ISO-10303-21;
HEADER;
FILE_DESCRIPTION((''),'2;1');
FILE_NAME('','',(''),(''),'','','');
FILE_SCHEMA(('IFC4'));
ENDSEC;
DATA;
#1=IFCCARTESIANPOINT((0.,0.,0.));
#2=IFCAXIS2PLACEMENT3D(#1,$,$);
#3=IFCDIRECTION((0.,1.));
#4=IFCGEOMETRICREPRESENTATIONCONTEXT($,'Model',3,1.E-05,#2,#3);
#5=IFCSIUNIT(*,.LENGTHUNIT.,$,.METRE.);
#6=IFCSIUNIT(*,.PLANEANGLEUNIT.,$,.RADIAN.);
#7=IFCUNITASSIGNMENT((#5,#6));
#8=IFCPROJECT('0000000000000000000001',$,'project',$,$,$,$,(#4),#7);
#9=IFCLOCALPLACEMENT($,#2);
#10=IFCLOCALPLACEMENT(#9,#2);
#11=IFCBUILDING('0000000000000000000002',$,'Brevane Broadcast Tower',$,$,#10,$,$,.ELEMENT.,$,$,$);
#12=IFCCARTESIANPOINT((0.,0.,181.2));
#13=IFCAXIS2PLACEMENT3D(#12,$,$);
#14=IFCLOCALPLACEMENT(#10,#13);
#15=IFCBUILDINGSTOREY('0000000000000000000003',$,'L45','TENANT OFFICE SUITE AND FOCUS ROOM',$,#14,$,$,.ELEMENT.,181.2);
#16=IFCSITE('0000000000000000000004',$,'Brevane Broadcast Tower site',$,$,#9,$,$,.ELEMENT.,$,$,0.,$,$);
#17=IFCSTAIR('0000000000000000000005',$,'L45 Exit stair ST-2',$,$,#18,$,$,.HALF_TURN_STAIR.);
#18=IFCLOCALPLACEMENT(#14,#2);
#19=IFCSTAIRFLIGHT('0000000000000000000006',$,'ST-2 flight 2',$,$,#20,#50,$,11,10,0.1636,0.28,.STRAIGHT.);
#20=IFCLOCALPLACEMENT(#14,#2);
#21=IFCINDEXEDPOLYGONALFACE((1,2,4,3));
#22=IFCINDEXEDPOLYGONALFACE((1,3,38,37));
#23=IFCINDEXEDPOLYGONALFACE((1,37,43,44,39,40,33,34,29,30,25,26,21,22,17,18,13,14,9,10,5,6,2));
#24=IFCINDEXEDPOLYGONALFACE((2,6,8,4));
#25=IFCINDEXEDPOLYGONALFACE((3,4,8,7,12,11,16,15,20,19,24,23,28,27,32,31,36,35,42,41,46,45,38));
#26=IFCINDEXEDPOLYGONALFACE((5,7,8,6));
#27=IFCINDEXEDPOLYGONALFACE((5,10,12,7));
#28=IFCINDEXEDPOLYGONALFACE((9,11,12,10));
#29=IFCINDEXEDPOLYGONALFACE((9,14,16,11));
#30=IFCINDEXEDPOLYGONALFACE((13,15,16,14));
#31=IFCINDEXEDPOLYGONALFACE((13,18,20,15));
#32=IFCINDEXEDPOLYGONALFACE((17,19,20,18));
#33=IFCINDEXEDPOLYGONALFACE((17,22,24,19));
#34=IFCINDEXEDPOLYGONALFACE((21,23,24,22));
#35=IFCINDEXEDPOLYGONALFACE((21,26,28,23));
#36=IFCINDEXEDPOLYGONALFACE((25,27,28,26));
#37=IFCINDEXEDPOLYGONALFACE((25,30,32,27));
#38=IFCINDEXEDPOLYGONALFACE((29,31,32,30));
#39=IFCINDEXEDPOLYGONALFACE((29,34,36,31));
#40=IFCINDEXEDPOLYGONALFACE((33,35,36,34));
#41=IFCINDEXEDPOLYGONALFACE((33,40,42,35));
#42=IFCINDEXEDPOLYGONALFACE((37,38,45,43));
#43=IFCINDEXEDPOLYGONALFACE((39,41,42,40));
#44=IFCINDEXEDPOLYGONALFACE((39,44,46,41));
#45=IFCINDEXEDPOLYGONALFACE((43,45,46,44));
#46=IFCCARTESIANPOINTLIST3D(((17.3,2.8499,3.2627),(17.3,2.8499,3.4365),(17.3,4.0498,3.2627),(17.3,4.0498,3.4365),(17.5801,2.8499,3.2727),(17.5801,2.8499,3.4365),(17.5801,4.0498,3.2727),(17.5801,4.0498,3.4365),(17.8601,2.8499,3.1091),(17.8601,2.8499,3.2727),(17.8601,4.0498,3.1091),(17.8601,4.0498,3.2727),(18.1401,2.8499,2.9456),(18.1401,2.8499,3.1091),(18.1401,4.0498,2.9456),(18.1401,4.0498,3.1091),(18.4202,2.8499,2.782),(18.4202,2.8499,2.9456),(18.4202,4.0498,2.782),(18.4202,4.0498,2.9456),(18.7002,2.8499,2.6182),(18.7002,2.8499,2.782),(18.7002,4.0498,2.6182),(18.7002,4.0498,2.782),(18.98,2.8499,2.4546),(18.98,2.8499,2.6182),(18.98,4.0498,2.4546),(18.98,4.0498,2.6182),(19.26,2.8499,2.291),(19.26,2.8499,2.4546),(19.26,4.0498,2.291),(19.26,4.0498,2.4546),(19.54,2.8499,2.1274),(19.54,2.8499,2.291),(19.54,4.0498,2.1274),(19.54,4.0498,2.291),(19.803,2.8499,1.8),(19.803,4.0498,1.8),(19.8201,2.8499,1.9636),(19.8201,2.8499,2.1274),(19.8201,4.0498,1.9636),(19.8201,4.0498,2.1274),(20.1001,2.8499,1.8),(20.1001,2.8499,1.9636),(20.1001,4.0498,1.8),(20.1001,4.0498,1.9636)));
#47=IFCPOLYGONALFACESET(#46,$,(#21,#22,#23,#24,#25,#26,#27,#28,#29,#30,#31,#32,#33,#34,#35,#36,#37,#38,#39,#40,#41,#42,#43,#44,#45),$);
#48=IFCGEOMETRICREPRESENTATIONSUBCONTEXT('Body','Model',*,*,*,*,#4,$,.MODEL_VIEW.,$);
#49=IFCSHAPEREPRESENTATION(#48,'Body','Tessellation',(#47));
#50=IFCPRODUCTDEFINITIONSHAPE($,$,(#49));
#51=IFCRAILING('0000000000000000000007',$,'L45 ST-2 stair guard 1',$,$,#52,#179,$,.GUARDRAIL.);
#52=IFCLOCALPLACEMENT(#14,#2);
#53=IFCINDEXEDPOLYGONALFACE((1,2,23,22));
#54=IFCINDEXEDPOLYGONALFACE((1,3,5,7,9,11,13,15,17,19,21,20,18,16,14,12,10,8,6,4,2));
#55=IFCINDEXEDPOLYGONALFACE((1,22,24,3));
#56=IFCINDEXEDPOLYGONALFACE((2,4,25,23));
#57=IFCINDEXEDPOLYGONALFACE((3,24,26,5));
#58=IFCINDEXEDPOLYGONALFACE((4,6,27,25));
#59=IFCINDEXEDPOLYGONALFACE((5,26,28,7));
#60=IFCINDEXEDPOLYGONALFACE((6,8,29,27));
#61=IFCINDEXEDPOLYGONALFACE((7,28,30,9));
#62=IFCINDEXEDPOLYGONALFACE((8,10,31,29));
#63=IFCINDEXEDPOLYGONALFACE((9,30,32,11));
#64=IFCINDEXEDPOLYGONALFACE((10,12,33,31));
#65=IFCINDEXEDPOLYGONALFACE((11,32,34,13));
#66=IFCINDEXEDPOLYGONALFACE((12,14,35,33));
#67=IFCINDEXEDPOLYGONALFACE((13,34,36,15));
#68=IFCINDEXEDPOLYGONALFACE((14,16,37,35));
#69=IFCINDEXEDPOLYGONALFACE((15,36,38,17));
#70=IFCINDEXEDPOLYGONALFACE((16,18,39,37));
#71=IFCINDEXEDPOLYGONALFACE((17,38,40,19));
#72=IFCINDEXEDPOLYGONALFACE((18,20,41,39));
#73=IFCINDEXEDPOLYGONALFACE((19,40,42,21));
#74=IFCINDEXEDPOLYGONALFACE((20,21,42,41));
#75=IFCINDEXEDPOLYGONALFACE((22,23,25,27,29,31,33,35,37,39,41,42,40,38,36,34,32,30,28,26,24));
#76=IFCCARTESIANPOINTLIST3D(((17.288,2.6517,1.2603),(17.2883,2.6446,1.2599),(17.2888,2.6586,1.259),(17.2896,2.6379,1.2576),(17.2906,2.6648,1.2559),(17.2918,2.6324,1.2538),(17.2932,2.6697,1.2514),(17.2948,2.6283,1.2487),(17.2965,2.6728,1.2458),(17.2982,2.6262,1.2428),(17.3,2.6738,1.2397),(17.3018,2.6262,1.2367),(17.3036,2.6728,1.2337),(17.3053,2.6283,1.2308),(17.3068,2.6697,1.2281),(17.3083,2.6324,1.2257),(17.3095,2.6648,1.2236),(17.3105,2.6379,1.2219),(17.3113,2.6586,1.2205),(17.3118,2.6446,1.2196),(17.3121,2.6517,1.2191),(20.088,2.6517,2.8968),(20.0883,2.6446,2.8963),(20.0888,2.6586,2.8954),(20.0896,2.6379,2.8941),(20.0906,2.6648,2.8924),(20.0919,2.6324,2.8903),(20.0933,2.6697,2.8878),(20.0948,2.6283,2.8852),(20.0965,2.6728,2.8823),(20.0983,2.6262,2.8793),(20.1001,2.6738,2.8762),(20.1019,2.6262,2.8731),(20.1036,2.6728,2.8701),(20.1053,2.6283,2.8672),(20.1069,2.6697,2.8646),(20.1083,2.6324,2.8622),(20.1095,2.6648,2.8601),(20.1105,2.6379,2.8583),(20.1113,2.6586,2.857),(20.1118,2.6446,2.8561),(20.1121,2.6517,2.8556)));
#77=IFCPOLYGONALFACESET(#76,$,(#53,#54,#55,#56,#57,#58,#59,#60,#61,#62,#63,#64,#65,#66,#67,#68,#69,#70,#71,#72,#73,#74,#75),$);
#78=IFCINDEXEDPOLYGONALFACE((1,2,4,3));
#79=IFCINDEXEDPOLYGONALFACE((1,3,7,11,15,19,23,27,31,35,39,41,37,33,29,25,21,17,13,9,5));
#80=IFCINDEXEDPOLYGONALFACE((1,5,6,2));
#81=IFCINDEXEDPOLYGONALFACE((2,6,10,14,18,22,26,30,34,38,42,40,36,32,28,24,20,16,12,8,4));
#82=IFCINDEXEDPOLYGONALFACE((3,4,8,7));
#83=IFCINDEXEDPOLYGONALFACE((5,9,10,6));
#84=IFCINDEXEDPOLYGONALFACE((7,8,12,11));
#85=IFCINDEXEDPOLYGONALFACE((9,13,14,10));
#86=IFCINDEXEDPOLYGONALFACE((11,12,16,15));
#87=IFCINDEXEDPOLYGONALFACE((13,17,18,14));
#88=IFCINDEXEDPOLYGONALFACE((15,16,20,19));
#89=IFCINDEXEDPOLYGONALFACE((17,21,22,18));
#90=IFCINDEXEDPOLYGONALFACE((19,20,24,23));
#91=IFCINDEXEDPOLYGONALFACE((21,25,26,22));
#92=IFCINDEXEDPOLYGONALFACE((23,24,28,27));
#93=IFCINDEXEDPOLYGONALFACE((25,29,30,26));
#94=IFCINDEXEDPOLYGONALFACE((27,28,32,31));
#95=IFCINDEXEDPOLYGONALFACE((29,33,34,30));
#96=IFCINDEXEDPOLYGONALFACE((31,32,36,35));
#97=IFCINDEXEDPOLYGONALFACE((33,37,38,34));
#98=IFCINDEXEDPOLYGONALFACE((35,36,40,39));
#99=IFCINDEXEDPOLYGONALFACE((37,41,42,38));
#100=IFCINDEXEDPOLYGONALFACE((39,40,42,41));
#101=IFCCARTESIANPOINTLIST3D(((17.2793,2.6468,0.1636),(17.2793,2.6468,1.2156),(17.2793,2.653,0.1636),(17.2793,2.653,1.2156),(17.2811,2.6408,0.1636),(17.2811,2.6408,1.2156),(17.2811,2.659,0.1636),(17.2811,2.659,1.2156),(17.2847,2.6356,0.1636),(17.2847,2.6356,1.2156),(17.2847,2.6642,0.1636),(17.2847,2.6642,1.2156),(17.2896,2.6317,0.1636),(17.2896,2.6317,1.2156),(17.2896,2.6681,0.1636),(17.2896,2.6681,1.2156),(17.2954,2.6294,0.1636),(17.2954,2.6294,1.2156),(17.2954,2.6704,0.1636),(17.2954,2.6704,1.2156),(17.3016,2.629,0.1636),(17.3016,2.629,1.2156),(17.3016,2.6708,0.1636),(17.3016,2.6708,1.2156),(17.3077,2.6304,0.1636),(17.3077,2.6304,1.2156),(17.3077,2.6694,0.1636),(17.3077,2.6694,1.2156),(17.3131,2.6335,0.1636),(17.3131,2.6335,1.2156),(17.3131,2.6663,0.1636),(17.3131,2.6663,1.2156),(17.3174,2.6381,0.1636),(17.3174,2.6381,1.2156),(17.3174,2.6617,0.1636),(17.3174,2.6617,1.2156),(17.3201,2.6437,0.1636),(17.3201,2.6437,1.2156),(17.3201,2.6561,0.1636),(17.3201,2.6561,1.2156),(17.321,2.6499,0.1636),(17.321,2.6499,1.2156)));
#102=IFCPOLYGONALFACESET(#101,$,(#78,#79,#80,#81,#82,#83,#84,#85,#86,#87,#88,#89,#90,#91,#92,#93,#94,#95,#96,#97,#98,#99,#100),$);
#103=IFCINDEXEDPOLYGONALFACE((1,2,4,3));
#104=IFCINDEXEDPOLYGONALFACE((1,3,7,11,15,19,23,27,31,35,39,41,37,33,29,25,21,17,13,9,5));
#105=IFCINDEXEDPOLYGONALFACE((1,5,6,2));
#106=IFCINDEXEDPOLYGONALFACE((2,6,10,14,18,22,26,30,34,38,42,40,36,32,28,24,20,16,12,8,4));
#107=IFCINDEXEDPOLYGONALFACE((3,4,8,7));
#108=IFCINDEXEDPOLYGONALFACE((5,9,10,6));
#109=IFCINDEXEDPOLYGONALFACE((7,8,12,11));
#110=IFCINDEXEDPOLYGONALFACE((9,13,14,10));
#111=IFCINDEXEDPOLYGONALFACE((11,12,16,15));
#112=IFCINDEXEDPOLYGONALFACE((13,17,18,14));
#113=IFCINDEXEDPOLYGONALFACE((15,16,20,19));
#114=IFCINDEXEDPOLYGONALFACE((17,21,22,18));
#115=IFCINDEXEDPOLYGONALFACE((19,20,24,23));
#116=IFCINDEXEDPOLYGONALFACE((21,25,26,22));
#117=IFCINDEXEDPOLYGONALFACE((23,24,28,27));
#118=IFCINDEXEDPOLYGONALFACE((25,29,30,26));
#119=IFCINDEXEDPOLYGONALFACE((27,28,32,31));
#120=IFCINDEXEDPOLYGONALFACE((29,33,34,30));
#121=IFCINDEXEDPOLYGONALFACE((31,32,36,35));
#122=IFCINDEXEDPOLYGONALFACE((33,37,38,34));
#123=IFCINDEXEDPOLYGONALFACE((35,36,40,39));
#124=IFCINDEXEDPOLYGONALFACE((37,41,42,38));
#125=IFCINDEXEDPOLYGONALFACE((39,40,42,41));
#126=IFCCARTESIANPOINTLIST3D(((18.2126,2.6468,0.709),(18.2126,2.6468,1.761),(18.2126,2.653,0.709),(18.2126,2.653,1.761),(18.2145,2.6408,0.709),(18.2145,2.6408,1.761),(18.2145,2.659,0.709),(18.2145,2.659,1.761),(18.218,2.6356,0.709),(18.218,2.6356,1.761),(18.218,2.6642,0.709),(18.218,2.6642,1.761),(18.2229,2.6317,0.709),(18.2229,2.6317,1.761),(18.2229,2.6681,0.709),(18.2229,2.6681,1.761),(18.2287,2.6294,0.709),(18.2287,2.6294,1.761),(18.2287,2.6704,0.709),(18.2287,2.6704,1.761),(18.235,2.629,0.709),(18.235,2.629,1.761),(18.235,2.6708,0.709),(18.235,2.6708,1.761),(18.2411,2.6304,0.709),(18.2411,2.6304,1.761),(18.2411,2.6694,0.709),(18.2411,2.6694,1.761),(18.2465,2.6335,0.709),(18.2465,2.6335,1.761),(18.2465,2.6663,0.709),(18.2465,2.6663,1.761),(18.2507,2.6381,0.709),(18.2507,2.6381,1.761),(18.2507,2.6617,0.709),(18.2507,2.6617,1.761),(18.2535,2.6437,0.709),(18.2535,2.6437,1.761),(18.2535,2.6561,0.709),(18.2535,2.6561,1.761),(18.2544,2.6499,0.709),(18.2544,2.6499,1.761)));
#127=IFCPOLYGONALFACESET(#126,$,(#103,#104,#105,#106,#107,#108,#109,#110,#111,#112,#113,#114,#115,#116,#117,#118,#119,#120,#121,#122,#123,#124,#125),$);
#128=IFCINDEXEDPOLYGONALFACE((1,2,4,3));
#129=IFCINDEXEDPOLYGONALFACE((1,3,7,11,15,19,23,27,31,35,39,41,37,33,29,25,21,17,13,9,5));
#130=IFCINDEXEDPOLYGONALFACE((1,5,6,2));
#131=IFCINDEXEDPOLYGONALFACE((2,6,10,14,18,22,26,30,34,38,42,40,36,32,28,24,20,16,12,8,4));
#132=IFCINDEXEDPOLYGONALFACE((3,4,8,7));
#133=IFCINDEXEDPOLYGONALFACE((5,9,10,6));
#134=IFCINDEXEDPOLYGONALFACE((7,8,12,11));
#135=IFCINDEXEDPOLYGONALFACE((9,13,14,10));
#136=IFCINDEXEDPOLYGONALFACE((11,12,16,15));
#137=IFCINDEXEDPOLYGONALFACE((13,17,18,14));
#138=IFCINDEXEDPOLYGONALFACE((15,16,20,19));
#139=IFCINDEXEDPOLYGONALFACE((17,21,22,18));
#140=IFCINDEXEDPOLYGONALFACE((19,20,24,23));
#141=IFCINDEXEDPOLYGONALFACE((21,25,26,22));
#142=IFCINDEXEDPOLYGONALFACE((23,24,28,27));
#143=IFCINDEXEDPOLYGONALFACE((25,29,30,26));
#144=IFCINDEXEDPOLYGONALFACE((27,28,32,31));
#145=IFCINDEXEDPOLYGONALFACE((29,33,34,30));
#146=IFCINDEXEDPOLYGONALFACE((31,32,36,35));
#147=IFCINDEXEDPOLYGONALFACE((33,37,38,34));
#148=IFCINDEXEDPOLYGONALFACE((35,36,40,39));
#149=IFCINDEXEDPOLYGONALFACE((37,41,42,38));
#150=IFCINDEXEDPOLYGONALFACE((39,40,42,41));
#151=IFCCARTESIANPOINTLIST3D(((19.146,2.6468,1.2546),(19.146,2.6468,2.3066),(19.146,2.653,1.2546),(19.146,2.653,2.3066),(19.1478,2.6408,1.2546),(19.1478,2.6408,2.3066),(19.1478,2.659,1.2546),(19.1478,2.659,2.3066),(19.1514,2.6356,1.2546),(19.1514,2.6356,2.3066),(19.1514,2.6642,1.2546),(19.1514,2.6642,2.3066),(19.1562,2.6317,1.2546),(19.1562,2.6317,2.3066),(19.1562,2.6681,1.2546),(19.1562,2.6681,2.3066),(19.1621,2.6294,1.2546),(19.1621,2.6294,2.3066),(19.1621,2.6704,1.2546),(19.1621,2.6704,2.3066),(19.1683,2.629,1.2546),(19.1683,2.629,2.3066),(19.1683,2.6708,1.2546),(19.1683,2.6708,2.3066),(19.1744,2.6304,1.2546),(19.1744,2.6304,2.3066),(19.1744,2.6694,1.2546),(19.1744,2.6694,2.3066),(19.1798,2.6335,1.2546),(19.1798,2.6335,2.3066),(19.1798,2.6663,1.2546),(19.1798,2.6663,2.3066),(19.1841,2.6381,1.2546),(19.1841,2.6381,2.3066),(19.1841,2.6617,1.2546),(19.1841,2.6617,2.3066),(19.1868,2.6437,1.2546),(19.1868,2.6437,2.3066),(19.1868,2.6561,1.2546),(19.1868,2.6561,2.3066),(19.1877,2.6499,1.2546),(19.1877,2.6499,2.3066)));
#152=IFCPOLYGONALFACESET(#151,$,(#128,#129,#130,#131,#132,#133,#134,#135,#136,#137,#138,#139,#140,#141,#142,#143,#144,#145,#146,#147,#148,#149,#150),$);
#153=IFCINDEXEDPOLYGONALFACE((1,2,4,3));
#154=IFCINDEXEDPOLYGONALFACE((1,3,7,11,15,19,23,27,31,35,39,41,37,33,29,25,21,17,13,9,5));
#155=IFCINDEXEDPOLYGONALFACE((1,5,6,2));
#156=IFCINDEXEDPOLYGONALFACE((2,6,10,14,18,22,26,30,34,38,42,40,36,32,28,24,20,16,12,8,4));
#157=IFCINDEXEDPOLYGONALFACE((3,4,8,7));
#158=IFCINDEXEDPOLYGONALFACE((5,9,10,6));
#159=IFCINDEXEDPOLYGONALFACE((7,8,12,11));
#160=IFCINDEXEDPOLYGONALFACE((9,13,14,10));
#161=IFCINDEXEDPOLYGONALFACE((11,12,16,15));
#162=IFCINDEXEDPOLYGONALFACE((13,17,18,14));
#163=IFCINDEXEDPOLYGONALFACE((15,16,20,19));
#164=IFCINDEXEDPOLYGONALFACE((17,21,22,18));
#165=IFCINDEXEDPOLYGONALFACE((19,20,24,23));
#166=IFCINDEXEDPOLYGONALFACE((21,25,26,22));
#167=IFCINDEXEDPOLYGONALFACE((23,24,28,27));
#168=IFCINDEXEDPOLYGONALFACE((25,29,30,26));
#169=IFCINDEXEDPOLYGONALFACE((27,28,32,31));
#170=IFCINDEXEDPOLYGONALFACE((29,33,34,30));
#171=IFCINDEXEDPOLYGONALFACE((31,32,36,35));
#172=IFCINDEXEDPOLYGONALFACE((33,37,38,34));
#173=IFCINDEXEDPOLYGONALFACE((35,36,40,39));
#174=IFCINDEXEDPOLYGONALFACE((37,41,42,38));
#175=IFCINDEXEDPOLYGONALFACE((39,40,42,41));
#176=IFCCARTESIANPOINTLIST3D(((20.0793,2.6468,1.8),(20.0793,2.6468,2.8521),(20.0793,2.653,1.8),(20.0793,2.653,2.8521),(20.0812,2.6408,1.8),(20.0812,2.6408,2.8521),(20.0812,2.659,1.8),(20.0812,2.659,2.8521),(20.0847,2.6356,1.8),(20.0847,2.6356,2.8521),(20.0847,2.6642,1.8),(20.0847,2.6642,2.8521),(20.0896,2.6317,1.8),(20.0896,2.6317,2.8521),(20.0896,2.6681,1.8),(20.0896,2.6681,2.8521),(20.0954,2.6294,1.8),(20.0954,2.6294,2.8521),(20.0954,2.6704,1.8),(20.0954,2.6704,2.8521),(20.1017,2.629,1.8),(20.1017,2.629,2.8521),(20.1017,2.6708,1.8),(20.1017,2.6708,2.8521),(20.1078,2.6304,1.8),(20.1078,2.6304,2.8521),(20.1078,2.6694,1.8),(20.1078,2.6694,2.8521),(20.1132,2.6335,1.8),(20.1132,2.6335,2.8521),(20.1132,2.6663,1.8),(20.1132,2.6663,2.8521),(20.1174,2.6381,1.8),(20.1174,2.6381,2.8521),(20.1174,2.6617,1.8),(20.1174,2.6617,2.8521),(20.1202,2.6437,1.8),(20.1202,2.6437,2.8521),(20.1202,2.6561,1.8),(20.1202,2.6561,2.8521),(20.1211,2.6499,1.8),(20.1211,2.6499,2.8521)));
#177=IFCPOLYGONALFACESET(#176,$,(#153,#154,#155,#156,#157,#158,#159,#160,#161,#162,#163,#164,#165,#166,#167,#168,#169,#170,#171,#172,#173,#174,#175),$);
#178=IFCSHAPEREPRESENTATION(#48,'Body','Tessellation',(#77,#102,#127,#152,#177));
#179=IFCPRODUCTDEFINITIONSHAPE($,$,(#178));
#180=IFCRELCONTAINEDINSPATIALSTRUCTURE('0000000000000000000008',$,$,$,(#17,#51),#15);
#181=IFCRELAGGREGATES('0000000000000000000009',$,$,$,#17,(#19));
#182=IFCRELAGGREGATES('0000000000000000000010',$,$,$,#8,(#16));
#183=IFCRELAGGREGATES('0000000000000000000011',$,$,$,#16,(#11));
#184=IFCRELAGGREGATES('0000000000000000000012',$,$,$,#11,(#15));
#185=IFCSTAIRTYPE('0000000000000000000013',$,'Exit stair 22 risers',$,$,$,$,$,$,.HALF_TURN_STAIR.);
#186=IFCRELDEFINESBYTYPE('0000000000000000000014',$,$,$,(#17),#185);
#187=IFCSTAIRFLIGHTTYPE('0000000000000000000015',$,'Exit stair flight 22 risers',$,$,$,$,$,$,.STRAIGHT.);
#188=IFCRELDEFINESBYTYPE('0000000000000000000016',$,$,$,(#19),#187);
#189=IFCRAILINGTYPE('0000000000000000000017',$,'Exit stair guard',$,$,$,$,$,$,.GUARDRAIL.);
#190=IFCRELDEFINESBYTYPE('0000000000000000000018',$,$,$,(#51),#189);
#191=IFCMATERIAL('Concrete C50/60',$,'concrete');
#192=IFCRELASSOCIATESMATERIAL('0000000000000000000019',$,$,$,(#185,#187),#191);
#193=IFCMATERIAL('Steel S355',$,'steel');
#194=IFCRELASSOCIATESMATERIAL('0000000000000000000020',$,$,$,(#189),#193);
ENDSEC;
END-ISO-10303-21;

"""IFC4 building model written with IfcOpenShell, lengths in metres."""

from ifc_helpers import new_model, si_unit, direction, frame, origin, origin_2d, place, context, subcontext, project, spatial, polyline, circle, outline, extrude, material, type_object, element, aggregate, save


model = new_model("IFC4")

# Units and contexts
model_context = context("Model", 3, precision=1e-05, world=origin(), true_north=direction((0.0, 1.0)))
body_context = subcontext(model_context, "Body", "Model", "MODEL_VIEW")
ifc_project = project(units=[si_unit("LENGTHUNIT", "METRE"), si_unit("PLANEANGLEUNIT", "RADIAN")], contexts=[model_context])

# Site, building, storey
site_placement = place(None, origin())
site = spatial("IfcSite", under=ifc_project, at=site_placement, Name="Brevane Broadcast Tower site", CompositionType="ELEMENT", RefElevation=0.0)
building_placement = place(site_placement, origin())
building = spatial("IfcBuilding", under=site, at=building_placement, Name="Brevane Broadcast Tower", CompositionType="ELEMENT")
storey_placement = place(building_placement, frame((0.0, 0.0, 181.2)))
storey = spatial("IfcBuildingStorey", under=building, at=storey_placement, Name="L45", Description="TENANT OFFICE SUITE AND FOCUS ROOM", CompositionType="ELEMENT", Elevation=181.2)

# Stair, stair flight
ifc_material_1 = material(Name="Concrete C50/60", Category="concrete")
stair_type = type_object("IfcStairType", Name="Exit stair 22 risers", PredefinedType="HALF_TURN_STAIR", material=ifc_material_1)
stair_placement = place(storey_placement, origin())
stair = element("IfcStair", 1, at=stair_placement, inside=storey, type_object=stair_type, Name="L45 Exit stair ST-2", PredefinedType="HALF_TURN_STAIR")
stair_flight_type = type_object("IfcStairFlightType", Name="Exit stair flight 22 risers", PredefinedType="STRAIGHT", material=ifc_material_1)
stair_flight_placement = place(storey_placement, frame((20.1001, 3.45, 1.8), z_axis=(0.0, 0.0, 1.0), x_axis=(-1.0, 0.0, 0.0)))
stair_flight = element("IfcStairFlight", 2, at=stair_flight_placement, type_object=stair_flight_type, Name="ST-2 flight 2", NumberOfRisers=11, NumberOfTreads=10, PredefinedType="STRAIGHT", RiserHeight=0.1636, TreadLength=0.28, context=body_context, shape_type="SweptSolid", body=[
    extrude(outline(polyline([(0.0, 0.0), (0.0, 0.1636), (0.28, 0.1636), (0.28, 0.3274), (0.5601, 0.3274), (0.5601, 0.491), (0.8401, 0.491), (0.8401, 0.6545), (1.1201, 0.6545), (1.1201, 0.8181), (1.3999, 0.8181), (1.3999, 0.9819), (1.6799, 0.9819), (1.6799, 1.1455), (1.96, 1.1455), (1.96, 1.3091), (2.24, 1.3091), (2.24, 1.4727), (2.52, 1.4727), (2.52, 1.6365), (2.8, 1.6365), (2.8, 1.8), (2.8, 1.4626), (0.2971, 0.0), (0.0, 0.0)])), frame((0.0, 0.6001, 0.0), z_axis=(0.0, -1.0, 0.0), x_axis=(1.0, 0.0, 0.0)), (0.0, 0.0, 1.0), 1.2),
])
aggregate(stair, [stair_flight])

# Railing
ifc_material_2 = material(Name="Steel S355", Category="steel")
railing_type_1 = type_object("IfcRailingType", Name="Exit stair guard", PredefinedType="GUARDRAIL", material=ifc_material_2)
railing_1_placement = place(storey_placement, frame((17.3, 2.6499, 0.1636)))
element("IfcRailing", 3, at=railing_1_placement, inside=storey, type_object=railing_type_1, Name="L45 ST-2 stair guard 1", PredefinedType="GUARDRAIL", context=body_context, shape_type="SweptSolid", body=[
    extrude(circle(Radius=0.0239, at=origin_2d()), frame((0.0, 0.0, 1.0762), z_axis=(0.863361, 0.0, 0.504587), x_axis=(0.0, 1.0, 0.0)), (0.0, 0.0, 1.0), 3.2432),
    extrude(circle(Radius=0.021, at=origin_2d()), origin(), (0.0, 0.0, 1.0), 1.052),
    extrude(circle(Radius=0.021, at=origin_2d()), frame((0.9333, 0.0, 0.5454)), (0.0, 0.0, 1.0), 1.052),
    extrude(circle(Radius=0.021, at=origin_2d()), frame((1.8667, 0.0, 1.0911)), (0.0, 0.0, 1.0), 1.052),
    extrude(circle(Radius=0.021, at=origin_2d()), frame((2.8, 0.0, 1.6365)), (0.0, 0.0, 1.0), 1.052),
])

save(model, "model.ifc")
